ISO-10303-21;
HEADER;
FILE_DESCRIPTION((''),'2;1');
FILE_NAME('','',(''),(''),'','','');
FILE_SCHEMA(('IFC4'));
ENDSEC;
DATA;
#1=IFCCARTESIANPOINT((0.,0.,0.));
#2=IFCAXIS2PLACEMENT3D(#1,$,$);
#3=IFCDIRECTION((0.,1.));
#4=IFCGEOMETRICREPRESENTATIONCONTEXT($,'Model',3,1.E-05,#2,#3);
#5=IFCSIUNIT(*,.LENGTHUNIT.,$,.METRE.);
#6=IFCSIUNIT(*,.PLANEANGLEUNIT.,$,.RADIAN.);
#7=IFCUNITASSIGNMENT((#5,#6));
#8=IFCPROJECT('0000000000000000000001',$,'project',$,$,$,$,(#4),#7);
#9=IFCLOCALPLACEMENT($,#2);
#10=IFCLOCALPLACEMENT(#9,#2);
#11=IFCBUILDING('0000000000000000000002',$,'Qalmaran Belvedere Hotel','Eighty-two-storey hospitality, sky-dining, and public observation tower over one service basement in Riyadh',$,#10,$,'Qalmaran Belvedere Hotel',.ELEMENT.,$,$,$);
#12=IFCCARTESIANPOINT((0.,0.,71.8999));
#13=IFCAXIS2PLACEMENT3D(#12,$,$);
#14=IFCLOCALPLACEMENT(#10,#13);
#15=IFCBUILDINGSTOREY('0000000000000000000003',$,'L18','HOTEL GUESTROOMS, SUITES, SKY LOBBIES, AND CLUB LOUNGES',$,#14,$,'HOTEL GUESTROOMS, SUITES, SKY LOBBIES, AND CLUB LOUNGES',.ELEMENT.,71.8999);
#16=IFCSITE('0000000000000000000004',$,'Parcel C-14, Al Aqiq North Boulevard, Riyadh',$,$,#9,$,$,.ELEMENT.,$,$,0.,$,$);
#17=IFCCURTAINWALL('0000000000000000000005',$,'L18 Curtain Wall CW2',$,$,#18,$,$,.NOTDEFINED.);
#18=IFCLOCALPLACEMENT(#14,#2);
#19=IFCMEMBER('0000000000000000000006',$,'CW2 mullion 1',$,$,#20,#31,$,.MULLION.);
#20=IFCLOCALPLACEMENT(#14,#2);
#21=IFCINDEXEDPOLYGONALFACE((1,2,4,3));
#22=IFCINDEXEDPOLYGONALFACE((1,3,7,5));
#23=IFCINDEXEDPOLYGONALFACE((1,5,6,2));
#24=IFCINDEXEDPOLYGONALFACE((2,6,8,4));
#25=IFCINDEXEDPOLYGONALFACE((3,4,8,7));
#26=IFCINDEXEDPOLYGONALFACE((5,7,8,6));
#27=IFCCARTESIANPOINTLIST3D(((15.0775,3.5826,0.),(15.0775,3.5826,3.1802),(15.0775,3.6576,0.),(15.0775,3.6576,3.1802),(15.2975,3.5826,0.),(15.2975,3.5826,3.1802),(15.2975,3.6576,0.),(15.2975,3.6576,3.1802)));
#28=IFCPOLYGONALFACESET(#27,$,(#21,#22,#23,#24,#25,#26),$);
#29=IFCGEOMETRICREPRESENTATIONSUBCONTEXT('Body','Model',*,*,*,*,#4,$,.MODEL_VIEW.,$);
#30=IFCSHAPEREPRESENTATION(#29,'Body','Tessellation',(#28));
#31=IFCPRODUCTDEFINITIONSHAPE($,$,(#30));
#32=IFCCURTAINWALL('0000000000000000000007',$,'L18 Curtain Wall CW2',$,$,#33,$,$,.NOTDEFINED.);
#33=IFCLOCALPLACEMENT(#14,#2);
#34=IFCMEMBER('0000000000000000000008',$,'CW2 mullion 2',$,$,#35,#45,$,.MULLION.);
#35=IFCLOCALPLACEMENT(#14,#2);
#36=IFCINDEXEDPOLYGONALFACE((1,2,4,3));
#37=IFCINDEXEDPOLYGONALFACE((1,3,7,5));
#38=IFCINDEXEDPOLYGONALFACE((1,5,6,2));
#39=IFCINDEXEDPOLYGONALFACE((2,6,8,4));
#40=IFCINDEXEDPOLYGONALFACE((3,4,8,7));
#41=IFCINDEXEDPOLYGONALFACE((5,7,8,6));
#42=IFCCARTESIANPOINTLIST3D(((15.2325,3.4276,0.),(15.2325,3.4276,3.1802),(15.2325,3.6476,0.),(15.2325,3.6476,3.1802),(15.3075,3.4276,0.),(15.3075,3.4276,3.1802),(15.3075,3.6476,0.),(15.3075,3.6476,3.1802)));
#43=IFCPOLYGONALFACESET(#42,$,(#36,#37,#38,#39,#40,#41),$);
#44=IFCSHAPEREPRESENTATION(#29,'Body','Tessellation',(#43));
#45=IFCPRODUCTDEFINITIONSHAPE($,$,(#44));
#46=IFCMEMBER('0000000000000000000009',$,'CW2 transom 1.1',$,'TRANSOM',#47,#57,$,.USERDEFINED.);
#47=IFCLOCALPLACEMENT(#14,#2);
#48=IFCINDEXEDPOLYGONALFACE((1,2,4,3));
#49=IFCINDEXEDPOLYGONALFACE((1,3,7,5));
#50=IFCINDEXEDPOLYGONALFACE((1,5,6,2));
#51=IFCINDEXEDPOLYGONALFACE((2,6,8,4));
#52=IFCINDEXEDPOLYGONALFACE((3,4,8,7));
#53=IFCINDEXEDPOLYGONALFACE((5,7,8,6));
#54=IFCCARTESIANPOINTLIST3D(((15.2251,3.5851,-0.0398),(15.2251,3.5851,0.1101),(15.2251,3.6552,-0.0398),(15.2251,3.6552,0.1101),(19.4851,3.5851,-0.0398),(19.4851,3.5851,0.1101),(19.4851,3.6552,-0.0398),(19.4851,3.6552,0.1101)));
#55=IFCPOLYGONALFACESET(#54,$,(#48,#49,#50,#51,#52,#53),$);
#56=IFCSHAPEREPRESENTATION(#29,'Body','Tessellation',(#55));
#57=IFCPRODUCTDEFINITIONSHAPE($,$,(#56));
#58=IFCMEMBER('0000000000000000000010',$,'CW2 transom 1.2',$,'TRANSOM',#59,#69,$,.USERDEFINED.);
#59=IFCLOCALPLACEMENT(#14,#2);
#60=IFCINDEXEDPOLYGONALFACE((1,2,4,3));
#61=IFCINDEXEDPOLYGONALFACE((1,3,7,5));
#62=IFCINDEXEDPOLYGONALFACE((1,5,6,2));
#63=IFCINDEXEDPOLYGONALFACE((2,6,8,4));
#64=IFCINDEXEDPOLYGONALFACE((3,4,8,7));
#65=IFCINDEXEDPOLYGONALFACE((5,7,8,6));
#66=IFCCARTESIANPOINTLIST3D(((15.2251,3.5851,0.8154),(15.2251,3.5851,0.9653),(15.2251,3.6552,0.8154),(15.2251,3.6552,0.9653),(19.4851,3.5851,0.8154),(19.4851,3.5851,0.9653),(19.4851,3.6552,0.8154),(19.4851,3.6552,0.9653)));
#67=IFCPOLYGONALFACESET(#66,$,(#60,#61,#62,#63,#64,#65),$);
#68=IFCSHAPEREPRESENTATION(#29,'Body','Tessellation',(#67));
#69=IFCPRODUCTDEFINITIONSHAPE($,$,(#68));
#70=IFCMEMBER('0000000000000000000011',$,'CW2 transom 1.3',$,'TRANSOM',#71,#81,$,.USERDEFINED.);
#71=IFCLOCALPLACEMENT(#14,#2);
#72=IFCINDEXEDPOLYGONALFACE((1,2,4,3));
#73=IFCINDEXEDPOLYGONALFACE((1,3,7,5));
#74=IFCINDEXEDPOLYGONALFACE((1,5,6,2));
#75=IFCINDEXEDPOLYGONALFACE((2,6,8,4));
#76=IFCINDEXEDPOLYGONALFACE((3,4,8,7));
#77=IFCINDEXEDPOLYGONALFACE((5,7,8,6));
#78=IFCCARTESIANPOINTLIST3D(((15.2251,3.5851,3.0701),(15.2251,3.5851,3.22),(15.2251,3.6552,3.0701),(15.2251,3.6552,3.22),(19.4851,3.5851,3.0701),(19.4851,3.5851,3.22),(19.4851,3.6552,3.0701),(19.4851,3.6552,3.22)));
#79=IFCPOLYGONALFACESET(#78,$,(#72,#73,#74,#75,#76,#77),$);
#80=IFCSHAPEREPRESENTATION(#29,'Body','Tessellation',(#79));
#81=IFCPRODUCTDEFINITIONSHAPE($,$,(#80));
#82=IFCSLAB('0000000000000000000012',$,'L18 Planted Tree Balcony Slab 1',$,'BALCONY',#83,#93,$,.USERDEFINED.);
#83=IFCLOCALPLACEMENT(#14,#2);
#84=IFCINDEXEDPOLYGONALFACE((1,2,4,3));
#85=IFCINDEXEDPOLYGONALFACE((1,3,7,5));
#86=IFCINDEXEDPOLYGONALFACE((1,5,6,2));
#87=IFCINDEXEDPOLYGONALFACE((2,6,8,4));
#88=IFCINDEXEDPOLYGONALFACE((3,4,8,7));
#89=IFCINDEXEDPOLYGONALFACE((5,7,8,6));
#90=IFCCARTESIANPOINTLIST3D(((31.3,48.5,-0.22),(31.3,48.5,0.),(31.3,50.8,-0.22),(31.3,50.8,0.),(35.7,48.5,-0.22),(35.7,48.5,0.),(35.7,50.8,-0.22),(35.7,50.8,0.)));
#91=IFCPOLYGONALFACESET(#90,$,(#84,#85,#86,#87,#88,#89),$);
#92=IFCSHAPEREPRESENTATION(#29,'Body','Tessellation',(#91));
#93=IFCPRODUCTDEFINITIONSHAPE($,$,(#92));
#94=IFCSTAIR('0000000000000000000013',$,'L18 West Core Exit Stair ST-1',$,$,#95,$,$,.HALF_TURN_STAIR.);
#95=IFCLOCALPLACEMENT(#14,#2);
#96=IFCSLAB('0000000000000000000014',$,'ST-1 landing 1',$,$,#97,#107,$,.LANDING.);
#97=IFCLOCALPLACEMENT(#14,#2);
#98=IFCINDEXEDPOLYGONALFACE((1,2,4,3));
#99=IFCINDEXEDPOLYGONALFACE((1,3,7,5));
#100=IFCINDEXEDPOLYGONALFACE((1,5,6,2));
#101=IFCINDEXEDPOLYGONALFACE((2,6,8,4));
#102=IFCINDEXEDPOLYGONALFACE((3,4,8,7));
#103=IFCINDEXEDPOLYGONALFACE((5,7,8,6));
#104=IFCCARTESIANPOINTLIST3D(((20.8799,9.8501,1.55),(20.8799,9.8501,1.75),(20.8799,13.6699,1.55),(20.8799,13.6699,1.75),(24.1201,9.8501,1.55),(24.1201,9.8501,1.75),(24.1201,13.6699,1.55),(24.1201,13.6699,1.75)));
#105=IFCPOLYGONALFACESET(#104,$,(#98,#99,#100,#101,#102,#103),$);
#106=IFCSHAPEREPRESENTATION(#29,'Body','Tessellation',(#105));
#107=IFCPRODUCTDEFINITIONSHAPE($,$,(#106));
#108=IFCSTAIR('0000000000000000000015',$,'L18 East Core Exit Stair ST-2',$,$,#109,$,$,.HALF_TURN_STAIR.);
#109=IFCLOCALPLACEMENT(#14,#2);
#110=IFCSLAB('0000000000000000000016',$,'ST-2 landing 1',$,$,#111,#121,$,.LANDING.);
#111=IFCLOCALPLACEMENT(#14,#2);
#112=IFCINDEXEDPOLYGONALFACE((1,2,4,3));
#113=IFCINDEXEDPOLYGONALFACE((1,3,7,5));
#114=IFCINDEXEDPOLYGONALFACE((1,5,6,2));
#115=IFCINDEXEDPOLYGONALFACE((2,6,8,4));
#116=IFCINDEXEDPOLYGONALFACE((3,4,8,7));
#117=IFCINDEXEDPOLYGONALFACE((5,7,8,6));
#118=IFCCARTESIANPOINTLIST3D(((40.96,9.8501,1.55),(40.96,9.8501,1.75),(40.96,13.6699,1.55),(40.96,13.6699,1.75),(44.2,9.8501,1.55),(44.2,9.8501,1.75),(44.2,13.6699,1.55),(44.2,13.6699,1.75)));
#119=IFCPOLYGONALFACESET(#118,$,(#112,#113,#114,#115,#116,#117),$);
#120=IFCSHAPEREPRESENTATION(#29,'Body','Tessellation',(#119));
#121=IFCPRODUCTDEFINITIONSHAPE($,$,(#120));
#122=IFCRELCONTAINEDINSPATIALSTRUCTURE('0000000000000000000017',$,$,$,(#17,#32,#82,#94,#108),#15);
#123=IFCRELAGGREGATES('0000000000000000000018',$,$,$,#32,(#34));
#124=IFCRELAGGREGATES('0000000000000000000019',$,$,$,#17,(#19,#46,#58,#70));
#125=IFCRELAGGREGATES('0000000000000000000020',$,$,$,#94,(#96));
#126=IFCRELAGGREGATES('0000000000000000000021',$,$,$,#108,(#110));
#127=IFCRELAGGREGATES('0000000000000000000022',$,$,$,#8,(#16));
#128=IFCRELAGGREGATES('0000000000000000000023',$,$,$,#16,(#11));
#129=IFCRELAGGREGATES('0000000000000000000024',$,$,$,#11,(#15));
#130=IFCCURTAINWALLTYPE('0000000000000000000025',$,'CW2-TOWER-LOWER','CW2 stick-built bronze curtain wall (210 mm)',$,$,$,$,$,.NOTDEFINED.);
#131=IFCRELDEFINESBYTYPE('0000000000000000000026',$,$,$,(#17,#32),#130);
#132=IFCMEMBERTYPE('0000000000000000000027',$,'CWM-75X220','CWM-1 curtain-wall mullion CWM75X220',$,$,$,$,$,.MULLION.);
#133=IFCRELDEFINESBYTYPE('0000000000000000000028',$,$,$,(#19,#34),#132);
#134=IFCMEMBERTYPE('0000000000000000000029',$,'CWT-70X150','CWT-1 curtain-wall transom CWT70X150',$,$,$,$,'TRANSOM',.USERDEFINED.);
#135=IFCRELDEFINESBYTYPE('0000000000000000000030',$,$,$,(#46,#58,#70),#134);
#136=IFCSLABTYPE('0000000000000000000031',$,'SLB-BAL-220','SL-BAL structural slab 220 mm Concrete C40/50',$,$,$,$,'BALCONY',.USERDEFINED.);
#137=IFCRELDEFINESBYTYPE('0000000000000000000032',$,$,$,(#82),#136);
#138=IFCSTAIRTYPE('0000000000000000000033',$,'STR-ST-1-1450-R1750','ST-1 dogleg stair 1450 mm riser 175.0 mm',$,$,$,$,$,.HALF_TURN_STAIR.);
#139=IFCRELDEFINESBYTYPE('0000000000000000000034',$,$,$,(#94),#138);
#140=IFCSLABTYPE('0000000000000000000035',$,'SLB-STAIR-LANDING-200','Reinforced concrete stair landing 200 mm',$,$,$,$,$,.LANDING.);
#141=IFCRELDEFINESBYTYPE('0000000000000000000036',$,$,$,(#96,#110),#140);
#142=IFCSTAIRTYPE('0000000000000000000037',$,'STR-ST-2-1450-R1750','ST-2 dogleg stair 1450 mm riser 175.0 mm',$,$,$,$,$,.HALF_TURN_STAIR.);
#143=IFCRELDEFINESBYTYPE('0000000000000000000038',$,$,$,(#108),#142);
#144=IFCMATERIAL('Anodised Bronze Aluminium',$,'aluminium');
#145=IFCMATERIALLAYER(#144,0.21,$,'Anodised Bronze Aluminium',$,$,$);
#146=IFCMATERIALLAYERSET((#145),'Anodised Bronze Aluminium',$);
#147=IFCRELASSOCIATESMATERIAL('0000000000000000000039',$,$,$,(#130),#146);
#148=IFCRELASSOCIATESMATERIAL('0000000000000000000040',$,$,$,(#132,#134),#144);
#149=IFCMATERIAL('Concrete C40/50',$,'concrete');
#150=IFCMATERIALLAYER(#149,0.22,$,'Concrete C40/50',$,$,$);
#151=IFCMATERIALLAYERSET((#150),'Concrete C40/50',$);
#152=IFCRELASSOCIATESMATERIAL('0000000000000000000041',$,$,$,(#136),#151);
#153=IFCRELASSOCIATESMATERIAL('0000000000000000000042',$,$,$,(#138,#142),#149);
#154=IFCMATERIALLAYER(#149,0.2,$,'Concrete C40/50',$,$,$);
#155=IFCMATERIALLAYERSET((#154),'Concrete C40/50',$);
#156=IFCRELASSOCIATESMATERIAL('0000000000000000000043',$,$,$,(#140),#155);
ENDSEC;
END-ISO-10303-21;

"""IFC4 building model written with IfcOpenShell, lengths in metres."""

from ifc_helpers import new_model, si_unit, direction, frame, origin, origin_2d, place, context, subcontext, project, spatial, polyline, rectangle, outline, extrude, material, layer, layer_set, material_profile, profile_set, type_object, element, aggregate, save


model = new_model("IFC4")

# Units and contexts
model_context = context("Model", 3, precision=1e-05, world=origin(), true_north=direction((0.0, 1.0)))
body_context = subcontext(model_context, "Body", "Model", "MODEL_VIEW")
ifc_project = project(units=[si_unit("LENGTHUNIT", "METRE"), si_unit("PLANEANGLEUNIT", "RADIAN")], contexts=[model_context])

# Site, building, storey
site_placement = place(None, origin())
site = spatial("IfcSite", under=ifc_project, at=site_placement, Name="Parcel C-14, Al Aqiq North Boulevard, Riyadh", CompositionType="ELEMENT", RefElevation=0.0)
building_placement = place(site_placement, origin())
building = spatial("IfcBuilding", under=site, at=building_placement, Name="Qalmaran Belvedere Hotel", Description="Eighty-two-storey hospitality, sky-dining, and public observation tower over one service basement in Riyadh", LongName="Qalmaran Belvedere Hotel", CompositionType="ELEMENT")
storey_placement = place(building_placement, frame((0.0, 0.0, 71.8999)))
storey = spatial("IfcBuildingStorey", under=building, at=storey_placement, Name="L18", Description="HOTEL GUESTROOMS, SUITES, SKY LOBBIES, AND CLUB LOUNGES", LongName="HOTEL GUESTROOMS, SUITES, SKY LOBBIES, AND CLUB LOUNGES", CompositionType="ELEMENT", Elevation=71.8999)

# Curtain walls, members
ifc_material_1 = material(Name="Anodised Bronze Aluminium", Category="aluminium")
ifc_layer_1 = layer(ifc_material_1, 0.21, Name="Anodised Bronze Aluminium")
ifc_layer_set_1 = layer_set([ifc_layer_1], Name="Anodised Bronze Aluminium")
curtain_wall_type = type_object("IfcCurtainWallType", Name="CW2-TOWER-LOWER", Description="CW2 stick-built bronze curtain wall (210 mm)", PredefinedType="NOTDEFINED", material=ifc_layer_set_1)
curtain_wall_1_placement = place(storey_placement, origin())
curtain_wall_1 = element("IfcCurtainWall", 1, at=curtain_wall_1_placement, inside=storey, type_object=curtain_wall_type, Name="L18 Curtain Wall CW2", PredefinedType="NOTDEFINED")
ifc_material_profile_1 = material_profile(ifc_material_1, rectangle(XDim=0.075, YDim=0.22, at=origin_2d()), Name="CWM75X220")
ifc_profile_set_1 = profile_set([ifc_material_profile_1], Name="Anodised Bronze Aluminium")
member_type_1 = type_object("IfcMemberType", Name="CWM-75X220", Description="CWM-1 curtain-wall mullion CWM75X220", PredefinedType="MULLION", material=ifc_profile_set_1)
member_1_placement = place(storey_placement, frame((15.1875, 3.6201, 0.0), z_axis=(0.0, 0.0, 1.0), x_axis=(0.0, 1.0, 0.0)))
member_1 = element("IfcMember", 2, at=member_1_placement, type_object=member_type_1, Name="CW2 mullion 1", PredefinedType="MULLION", context=body_context, shape_type="SweptSolid", body=[
    extrude(rectangle(XDim=0.075, YDim=0.22, at=origin_2d()), origin(), (0.0, 0.0, 1.0), 3.1802),
])
curtain_wall_2_placement = place(storey_placement, origin())
curtain_wall_2 = element("IfcCurtainWall", 3, at=curtain_wall_2_placement, inside=storey, type_object=curtain_wall_type, Name="L18 Curtain Wall CW2", PredefinedType="NOTDEFINED")
member_2_placement = place(storey_placement, frame((15.27, 3.5376, 0.0), z_axis=(0.0, 0.0, 1.0), x_axis=(1.0, 0.0, 0.0)))
member_2 = element("IfcMember", 4, at=member_2_placement, type_object=member_type_1, Name="CW2 mullion 2", PredefinedType="MULLION", context=body_context, shape_type="SweptSolid", body=[
    extrude(rectangle(XDim=0.075, YDim=0.22, at=origin_2d()), origin(), (0.0, 0.0, 1.0), 3.1802),
])
aggregate(curtain_wall_2, [member_2])

# Members
ifc_material_profile_2 = material_profile(ifc_material_1, rectangle(XDim=0.0701, YDim=0.1499, at=origin_2d()), Name="CWT70X150")
ifc_profile_set_2 = profile_set([ifc_material_profile_2], Name="Anodised Bronze Aluminium")
member_type_2 = type_object("IfcMemberType", Name="CWT-70X150", Description="CWT-1 curtain-wall transom CWT70X150", ElementType="TRANSOM", PredefinedType="USERDEFINED", material=ifc_profile_set_2)
member_3_placement = place(storey_placement, frame((15.2251, 3.6201, 0.0352), z_axis=(1.0, 0.0, 0.0), x_axis=(0.0, 1.0, 0.0)))
member_3 = element("IfcMember", 5, at=member_3_placement, type_object=member_type_2, Name="CW2 transom 1.1", ObjectType="TRANSOM", PredefinedType="USERDEFINED", context=body_context, shape_type="SweptSolid", body=[
    extrude(rectangle(XDim=0.0701, YDim=0.1499, at=origin_2d()), origin(), (0.0, 0.0, 1.0), 4.26),
])
member_4_placement = place(storey_placement, frame((15.2251, 3.6201, 0.8904), z_axis=(1.0, 0.0, 0.0), x_axis=(0.0, 1.0, 0.0)))
member_4 = element("IfcMember", 6, at=member_4_placement, type_object=member_type_2, Name="CW2 transom 1.2", ObjectType="TRANSOM", PredefinedType="USERDEFINED", context=body_context, shape_type="SweptSolid", body=[
    extrude(rectangle(XDim=0.0701, YDim=0.1499, at=origin_2d()), origin(), (0.0, 0.0, 1.0), 4.26),
])
member_5_placement = place(storey_placement, frame((15.2251, 3.6201, 3.145), z_axis=(1.0, 0.0, 0.0), x_axis=(0.0, 1.0, 0.0)))
member_5 = element("IfcMember", 7, at=member_5_placement, type_object=member_type_2, Name="CW2 transom 1.3", ObjectType="TRANSOM", PredefinedType="USERDEFINED", context=body_context, shape_type="SweptSolid", body=[
    extrude(rectangle(XDim=0.0701, YDim=0.1499, at=origin_2d()), origin(), (0.0, 0.0, 1.0), 4.26),
])
aggregate(curtain_wall_1, [member_1, member_3, member_4, member_5])

# Slab
ifc_material_2 = material(Name="Concrete C40/50", Category="concrete")
ifc_layer_2 = layer(ifc_material_2, 0.22, Name="Concrete C40/50")
ifc_layer_set_2 = layer_set([ifc_layer_2], Name="Concrete C40/50")
slab_type_1 = type_object("IfcSlabType", Name="SLB-BAL-220", Description="SL-BAL structural slab 220 mm Concrete C40/50", ElementType="BALCONY", PredefinedType="USERDEFINED", material=ifc_layer_set_2)
slab_1_placement = place(storey_placement, frame((0.0, 0.0, -0.22)))
element("IfcSlab", 8, at=slab_1_placement, inside=storey, type_object=slab_type_1, Name="L18 Planted Tree Balcony Slab 1", ObjectType="BALCONY", PredefinedType="USERDEFINED", context=body_context, shape_type="SweptSolid", body=[
    extrude(outline(polyline([(31.3, 48.5), (35.7, 48.5), (35.7, 50.8), (31.3, 50.8), (31.3, 48.5)])), origin(), (0.0, 0.0, 1.0), 0.22),
])

# Stairs, slabs
stair_type_1 = type_object("IfcStairType", Name="STR-ST-1-1450-R1750", Description="ST-1 dogleg stair 1450 mm riser 175.0 mm", PredefinedType="HALF_TURN_STAIR", material=ifc_material_2)
stair_1_placement = place(storey_placement, origin())
stair_1 = element("IfcStair", 9, at=stair_1_placement, inside=storey, type_object=stair_type_1, Name="L18 West Core Exit Stair ST-1", PredefinedType="HALF_TURN_STAIR")
ifc_layer_3 = layer(ifc_material_2, 0.2, Name="Concrete C40/50")
ifc_layer_set_3 = layer_set([ifc_layer_3], Name="Concrete C40/50")
slab_type_2 = type_object("IfcSlabType", Name="SLB-STAIR-LANDING-200", Description="Reinforced concrete stair landing 200 mm", PredefinedType="LANDING", material=ifc_layer_set_3)
slab_2_placement = place(storey_placement, frame((0.0, 0.0, 1.55)))
slab_2 = element("IfcSlab", 10, at=slab_2_placement, type_object=slab_type_2, Name="ST-1 landing 1", PredefinedType="LANDING", context=body_context, shape_type="SweptSolid", body=[
    extrude(outline(polyline([(20.8799, 13.6699), (20.8799, 9.8501), (24.1201, 9.8501), (24.1201, 13.6699), (20.8799, 13.6699)])), origin(), (0.0, 0.0, 1.0), 0.2),
])
aggregate(stair_1, [slab_2])
stair_type_2 = type_object("IfcStairType", Name="STR-ST-2-1450-R1750", Description="ST-2 dogleg stair 1450 mm riser 175.0 mm", PredefinedType="HALF_TURN_STAIR", material=ifc_material_2)
stair_2_placement = place(storey_placement, origin())
stair_2 = element("IfcStair", 11, at=stair_2_placement, inside=storey, type_object=stair_type_2, Name="L18 East Core Exit Stair ST-2", PredefinedType="HALF_TURN_STAIR")
slab_3_placement = place(storey_placement, frame((0.0, 0.0, 1.55)))
slab_3 = element("IfcSlab", 12, at=slab_3_placement, type_object=slab_type_2, Name="ST-2 landing 1", PredefinedType="LANDING", context=body_context, shape_type="SweptSolid", body=[
    extrude(outline(polyline([(40.96, 13.6699), (40.96, 9.8501), (44.2, 9.8501), (44.2, 13.6699), (40.96, 13.6699)])), origin(), (0.0, 0.0, 1.0), 0.2),
])
aggregate(stair_2, [slab_3])

save(model, "model.ifc")
